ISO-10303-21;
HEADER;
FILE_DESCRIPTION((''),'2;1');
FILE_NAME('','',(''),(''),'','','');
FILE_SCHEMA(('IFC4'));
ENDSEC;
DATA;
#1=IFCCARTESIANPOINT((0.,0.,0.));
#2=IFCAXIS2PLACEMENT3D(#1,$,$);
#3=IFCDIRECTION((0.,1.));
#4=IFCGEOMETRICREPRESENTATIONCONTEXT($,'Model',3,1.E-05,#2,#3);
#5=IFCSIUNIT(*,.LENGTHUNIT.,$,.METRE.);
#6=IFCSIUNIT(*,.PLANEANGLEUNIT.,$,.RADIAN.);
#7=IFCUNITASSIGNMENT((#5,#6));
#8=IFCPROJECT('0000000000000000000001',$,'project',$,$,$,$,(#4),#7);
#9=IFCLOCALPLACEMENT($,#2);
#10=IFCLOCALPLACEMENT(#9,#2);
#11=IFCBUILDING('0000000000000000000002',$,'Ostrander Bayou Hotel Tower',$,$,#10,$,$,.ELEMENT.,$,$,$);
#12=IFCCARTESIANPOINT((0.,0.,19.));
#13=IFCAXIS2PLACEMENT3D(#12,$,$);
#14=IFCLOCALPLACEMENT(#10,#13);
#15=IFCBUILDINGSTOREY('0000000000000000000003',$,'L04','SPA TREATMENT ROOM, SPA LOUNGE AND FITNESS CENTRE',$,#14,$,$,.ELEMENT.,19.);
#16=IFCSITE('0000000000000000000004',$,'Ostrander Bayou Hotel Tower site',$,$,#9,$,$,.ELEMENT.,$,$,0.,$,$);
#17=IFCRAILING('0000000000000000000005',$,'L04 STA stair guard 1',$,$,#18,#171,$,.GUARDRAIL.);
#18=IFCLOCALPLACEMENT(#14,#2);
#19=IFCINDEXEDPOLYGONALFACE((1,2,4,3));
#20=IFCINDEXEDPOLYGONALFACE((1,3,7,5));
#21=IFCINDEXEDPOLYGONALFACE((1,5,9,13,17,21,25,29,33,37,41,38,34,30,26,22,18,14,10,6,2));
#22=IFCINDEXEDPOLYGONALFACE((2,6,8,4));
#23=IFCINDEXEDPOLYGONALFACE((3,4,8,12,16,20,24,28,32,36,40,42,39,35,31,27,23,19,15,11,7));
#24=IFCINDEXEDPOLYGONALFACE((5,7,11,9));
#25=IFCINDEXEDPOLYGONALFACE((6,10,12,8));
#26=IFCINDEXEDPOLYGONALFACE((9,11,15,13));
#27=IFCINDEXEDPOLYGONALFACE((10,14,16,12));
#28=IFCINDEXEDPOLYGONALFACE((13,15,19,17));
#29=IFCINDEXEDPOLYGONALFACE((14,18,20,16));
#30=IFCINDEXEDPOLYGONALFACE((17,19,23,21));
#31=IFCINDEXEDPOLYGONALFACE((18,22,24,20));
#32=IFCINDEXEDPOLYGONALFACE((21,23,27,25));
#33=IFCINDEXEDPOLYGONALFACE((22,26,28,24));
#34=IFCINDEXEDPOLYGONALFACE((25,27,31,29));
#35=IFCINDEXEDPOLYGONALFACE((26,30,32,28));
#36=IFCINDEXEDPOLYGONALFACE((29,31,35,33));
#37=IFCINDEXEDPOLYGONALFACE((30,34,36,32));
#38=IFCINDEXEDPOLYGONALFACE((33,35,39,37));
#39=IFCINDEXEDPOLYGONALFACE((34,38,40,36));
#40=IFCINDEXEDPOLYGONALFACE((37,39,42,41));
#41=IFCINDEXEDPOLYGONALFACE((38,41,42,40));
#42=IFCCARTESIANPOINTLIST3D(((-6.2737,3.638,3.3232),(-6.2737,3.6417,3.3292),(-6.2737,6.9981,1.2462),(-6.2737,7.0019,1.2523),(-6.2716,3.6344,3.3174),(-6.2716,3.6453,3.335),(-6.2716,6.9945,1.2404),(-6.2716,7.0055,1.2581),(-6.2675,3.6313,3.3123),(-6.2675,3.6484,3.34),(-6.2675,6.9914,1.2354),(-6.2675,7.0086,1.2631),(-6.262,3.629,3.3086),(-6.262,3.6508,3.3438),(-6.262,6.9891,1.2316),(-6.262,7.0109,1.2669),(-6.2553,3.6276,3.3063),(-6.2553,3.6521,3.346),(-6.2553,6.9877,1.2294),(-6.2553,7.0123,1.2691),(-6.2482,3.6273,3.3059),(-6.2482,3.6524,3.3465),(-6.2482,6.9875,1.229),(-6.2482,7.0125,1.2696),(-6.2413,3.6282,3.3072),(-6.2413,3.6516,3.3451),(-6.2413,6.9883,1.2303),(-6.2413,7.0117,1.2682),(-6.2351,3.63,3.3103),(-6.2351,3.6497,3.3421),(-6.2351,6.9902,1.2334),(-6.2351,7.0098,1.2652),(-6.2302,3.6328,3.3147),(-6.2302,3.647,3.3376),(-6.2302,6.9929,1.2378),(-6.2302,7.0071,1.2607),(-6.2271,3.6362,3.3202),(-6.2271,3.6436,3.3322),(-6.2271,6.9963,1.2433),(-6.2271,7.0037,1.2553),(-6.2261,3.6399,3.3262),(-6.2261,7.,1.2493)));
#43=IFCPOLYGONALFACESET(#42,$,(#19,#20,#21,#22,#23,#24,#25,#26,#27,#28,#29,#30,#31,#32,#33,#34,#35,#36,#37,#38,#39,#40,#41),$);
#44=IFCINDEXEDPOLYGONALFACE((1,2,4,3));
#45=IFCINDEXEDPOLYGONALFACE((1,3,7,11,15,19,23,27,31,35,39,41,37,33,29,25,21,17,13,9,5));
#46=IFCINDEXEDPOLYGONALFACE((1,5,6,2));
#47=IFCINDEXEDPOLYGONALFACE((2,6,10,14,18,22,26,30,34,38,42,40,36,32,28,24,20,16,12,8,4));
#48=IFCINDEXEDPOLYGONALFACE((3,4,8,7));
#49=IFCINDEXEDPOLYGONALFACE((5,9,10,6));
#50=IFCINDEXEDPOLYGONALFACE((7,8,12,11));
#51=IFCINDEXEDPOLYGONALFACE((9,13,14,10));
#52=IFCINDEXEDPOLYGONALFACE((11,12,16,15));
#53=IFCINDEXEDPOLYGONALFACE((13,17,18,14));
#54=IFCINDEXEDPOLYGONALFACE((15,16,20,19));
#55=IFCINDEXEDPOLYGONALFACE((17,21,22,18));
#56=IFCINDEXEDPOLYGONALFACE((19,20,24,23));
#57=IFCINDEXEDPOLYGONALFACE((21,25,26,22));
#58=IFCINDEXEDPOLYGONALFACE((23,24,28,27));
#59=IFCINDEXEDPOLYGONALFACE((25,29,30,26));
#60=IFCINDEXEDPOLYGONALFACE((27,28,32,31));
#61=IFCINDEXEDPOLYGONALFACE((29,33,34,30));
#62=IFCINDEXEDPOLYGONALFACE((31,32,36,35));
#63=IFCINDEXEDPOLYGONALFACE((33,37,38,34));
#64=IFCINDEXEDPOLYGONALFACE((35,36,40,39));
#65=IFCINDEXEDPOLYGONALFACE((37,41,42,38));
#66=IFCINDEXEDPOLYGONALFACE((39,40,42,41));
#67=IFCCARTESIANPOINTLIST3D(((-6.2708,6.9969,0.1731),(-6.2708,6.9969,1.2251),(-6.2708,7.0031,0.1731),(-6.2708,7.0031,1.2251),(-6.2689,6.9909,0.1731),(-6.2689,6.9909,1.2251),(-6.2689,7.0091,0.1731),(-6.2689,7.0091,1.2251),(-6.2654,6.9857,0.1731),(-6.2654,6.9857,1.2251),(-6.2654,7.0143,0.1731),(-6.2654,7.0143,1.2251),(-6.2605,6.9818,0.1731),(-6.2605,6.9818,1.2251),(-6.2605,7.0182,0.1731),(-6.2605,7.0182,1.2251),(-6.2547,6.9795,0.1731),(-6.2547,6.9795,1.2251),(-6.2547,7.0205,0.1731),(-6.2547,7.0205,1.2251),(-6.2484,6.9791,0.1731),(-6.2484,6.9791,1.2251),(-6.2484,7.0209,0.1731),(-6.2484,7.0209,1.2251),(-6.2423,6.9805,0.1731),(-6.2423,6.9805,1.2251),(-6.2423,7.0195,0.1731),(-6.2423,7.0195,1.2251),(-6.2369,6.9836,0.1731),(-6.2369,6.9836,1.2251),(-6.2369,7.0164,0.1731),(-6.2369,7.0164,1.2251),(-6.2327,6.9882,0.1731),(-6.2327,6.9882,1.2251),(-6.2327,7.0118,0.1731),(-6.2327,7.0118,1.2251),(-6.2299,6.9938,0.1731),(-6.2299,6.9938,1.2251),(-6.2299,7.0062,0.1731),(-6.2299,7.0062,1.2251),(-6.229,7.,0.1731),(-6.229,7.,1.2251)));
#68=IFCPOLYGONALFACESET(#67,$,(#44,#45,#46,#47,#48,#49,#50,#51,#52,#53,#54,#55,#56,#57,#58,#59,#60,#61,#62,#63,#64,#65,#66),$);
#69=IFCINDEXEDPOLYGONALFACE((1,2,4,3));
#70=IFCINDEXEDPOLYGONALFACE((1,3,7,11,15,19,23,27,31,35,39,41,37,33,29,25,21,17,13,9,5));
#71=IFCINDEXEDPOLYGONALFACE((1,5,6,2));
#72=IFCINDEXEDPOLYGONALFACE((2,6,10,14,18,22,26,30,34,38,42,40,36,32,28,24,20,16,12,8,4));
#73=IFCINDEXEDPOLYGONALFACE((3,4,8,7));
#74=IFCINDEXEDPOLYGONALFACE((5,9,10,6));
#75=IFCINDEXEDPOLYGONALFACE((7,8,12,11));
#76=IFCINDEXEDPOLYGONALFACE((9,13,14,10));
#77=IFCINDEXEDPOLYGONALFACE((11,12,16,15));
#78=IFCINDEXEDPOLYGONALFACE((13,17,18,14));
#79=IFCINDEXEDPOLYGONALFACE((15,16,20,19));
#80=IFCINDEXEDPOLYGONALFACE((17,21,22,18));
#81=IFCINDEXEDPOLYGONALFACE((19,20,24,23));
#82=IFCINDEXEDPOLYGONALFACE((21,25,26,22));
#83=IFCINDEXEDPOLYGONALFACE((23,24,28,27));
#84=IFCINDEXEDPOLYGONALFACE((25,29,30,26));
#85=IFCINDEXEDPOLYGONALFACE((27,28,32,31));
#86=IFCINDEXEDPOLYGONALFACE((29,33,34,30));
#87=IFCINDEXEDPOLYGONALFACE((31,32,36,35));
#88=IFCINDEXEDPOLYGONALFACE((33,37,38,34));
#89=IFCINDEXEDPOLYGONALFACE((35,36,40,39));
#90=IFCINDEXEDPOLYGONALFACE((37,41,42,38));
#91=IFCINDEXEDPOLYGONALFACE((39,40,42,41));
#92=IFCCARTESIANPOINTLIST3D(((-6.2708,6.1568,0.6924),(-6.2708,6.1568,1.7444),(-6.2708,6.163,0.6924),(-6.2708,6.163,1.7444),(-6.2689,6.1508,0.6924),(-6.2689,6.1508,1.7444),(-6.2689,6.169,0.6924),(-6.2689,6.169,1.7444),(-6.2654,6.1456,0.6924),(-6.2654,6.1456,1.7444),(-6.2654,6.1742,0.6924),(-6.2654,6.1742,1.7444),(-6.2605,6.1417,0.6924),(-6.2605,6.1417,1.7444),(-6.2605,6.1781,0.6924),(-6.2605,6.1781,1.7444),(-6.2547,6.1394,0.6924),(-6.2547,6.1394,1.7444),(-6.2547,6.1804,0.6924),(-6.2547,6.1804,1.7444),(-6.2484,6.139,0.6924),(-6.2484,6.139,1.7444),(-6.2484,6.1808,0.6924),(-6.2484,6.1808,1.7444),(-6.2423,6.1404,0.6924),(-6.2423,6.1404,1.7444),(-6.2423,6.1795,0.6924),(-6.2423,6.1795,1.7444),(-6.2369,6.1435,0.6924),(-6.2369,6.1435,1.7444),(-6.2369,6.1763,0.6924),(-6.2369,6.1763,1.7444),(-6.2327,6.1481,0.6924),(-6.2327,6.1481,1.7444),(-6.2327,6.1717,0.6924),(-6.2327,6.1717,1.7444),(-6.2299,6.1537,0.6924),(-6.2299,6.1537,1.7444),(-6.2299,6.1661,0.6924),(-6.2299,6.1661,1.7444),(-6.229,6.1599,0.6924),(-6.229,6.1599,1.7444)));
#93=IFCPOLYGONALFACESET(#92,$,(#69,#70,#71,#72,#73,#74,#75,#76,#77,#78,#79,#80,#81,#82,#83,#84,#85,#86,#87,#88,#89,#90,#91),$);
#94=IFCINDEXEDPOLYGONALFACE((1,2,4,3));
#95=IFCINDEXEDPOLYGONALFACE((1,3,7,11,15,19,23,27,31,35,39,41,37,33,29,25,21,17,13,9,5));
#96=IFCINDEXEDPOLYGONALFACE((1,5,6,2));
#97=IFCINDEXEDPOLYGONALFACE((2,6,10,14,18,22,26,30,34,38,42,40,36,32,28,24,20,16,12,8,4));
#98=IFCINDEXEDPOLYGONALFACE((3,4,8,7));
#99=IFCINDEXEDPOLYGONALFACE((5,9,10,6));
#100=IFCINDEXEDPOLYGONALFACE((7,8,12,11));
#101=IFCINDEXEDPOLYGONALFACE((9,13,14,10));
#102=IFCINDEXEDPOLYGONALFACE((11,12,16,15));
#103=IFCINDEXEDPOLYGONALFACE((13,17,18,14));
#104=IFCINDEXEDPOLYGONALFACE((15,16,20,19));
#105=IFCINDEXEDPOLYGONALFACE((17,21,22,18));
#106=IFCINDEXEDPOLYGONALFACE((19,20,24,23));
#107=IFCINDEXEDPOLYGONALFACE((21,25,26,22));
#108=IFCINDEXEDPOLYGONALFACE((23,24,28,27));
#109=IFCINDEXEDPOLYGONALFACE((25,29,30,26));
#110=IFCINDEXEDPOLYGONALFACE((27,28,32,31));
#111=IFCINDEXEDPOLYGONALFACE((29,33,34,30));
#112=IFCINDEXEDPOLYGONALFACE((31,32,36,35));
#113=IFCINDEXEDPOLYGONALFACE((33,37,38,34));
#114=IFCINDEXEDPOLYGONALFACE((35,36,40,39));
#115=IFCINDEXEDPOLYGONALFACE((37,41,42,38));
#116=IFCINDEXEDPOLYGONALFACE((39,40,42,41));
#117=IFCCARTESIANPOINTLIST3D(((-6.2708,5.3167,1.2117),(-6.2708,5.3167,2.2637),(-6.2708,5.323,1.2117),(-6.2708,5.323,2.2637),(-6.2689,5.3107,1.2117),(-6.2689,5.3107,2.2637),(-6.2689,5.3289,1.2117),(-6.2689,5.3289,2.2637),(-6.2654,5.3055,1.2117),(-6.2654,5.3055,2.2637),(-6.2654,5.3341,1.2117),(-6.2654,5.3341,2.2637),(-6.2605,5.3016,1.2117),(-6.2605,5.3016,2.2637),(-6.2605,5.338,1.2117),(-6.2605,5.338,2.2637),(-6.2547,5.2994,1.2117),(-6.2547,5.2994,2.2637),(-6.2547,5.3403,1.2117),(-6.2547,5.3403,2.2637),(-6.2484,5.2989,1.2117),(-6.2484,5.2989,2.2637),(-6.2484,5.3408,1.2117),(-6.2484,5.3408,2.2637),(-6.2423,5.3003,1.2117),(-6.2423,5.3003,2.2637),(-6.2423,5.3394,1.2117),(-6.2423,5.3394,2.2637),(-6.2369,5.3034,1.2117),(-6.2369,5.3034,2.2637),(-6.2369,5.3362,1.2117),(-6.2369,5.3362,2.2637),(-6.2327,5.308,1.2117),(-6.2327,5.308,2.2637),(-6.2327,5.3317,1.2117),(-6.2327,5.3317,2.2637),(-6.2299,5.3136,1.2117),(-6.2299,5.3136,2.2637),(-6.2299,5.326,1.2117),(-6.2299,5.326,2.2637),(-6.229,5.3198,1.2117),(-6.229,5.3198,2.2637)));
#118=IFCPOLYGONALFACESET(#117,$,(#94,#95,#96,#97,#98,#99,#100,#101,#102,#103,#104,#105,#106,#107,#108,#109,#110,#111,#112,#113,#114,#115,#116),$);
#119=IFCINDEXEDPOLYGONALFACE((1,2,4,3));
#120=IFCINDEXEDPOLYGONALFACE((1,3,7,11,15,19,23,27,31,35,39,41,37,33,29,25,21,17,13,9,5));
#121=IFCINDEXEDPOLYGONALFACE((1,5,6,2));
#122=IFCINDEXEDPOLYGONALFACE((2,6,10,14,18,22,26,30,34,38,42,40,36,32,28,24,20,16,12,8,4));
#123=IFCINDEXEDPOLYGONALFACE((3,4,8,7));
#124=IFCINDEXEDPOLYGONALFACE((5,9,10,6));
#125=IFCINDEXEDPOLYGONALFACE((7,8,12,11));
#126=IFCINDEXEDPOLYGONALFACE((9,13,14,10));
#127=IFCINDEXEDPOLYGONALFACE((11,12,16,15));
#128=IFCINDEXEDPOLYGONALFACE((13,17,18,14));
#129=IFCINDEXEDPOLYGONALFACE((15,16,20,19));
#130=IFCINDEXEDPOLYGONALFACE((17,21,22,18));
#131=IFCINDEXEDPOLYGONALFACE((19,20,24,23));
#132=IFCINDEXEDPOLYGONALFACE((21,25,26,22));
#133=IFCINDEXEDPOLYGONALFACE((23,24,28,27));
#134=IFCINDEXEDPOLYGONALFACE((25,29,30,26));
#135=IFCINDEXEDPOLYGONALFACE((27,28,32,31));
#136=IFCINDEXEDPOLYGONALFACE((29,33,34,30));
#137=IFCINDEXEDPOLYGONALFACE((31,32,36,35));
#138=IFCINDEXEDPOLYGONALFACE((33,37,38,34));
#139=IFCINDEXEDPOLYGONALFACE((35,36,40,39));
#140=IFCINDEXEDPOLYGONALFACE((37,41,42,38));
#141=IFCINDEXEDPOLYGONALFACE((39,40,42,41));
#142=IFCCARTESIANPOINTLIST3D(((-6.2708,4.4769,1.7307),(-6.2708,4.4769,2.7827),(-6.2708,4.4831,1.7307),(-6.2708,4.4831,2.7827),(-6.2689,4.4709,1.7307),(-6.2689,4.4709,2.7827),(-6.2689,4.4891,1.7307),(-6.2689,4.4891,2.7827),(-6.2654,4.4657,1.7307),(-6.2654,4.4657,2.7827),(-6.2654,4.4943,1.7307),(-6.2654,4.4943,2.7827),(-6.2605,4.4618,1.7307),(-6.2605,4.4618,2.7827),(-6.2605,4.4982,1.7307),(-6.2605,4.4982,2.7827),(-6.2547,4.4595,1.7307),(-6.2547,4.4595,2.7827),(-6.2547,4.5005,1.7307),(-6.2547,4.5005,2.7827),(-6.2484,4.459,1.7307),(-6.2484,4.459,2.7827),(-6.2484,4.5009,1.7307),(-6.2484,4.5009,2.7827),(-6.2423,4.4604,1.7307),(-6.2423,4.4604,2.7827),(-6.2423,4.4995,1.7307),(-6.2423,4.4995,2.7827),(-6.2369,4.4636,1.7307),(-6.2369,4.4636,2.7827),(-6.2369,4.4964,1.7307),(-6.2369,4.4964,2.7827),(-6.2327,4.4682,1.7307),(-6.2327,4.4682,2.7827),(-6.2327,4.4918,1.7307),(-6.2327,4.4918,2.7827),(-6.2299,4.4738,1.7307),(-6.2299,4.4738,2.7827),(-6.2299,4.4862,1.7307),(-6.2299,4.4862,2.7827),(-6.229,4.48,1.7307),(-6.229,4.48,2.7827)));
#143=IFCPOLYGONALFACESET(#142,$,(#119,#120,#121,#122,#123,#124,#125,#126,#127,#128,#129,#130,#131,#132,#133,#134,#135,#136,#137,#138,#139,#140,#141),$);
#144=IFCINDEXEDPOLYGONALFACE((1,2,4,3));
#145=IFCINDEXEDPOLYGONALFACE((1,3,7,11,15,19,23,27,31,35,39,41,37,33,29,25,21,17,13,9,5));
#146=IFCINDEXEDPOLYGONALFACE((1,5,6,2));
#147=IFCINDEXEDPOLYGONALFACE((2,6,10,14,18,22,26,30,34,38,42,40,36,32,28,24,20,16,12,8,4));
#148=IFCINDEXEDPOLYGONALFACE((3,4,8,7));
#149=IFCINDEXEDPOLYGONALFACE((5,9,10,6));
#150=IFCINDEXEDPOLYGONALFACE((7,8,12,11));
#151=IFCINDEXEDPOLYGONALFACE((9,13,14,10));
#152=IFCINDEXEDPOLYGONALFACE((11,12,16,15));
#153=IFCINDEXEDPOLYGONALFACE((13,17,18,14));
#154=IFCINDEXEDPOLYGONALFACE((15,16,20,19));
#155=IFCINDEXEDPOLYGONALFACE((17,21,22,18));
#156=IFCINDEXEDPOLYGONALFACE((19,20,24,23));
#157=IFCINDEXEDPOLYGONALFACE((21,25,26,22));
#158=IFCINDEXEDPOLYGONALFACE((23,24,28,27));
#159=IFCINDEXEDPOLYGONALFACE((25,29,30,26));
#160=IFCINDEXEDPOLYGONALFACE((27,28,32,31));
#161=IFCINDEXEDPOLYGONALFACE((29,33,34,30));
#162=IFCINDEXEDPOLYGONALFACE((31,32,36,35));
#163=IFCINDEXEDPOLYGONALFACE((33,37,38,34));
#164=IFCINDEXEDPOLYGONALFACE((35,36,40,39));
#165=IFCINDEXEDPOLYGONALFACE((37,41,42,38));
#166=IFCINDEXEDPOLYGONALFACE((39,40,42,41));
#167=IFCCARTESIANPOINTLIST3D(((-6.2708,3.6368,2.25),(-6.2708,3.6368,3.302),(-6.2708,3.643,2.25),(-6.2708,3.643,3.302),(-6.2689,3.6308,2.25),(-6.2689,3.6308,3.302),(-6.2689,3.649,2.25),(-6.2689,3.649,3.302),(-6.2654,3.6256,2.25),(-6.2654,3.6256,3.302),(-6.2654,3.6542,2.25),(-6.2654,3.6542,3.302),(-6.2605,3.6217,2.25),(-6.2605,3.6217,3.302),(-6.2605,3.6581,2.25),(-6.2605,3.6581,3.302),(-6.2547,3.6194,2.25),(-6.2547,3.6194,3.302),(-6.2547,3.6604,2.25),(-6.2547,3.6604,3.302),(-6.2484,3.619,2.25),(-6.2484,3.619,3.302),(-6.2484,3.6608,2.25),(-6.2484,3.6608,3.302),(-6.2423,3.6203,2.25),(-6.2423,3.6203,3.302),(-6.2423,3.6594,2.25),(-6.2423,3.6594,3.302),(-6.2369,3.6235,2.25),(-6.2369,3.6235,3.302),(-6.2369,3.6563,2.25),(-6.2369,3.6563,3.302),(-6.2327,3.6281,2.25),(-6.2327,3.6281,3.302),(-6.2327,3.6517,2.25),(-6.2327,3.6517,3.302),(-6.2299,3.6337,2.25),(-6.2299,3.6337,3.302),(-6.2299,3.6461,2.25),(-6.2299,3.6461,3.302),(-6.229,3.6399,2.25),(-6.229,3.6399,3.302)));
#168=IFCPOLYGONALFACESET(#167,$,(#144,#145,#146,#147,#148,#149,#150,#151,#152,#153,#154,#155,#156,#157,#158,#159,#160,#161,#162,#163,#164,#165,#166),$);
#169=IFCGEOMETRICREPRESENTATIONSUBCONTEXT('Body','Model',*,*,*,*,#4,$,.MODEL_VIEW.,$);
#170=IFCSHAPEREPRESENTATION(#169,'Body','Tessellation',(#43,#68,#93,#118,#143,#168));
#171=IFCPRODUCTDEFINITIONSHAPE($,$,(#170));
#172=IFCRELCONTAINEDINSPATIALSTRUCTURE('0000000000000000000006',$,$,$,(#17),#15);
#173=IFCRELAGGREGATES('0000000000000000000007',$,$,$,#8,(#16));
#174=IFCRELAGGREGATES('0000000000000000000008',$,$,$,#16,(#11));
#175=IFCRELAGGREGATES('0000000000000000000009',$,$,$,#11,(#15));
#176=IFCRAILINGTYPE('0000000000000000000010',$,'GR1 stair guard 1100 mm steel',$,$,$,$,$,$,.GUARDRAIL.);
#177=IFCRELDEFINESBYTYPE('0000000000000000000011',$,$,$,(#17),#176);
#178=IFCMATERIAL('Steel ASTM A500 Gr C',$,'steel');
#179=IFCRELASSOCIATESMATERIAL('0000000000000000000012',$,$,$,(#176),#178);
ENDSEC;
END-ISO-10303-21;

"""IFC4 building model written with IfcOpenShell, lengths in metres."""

from ifc_helpers import new_model, si_unit, direction, frame, origin, origin_2d, place, context, subcontext, project, spatial, circle, extrude, material, type_object, element, save


model = new_model("IFC4")

# Units and contexts
model_context = context("Model", 3, precision=1e-05, world=origin(), true_north=direction((0.0, 1.0)))
body_context = subcontext(model_context, "Body", "Model", "MODEL_VIEW")
ifc_project = project(units=[si_unit("LENGTHUNIT", "METRE"), si_unit("PLANEANGLEUNIT", "RADIAN")], contexts=[model_context])

# Site, building, storey
site_placement = place(None, origin())
site = spatial("IfcSite", under=ifc_project, at=site_placement, Name="Ostrander Bayou Hotel Tower site", CompositionType="ELEMENT", RefElevation=0.0)
building_placement = place(site_placement, origin())
building = spatial("IfcBuilding", under=site, at=building_placement, Name="Ostrander Bayou Hotel Tower", CompositionType="ELEMENT")
storey_placement = place(building_placement, frame((0.0, 0.0, 19.0)))
storey = spatial("IfcBuildingStorey", under=building, at=storey_placement, Name="L04", Description="SPA TREATMENT ROOM, SPA LOUNGE AND FITNESS CENTRE", CompositionType="ELEMENT", Elevation=19.0)

# Railing
ifc_material_1 = material(Name="Steel ASTM A500 Gr C", Category="steel")
railing_type_1 = type_object("IfcRailingType", Name="GR1 stair guard 1100 mm steel", PredefinedType="GUARDRAIL", material=ifc_material_1)
railing_1_placement = place(storey_placement, frame((-6.25, 7.0, 0.1731)))
element("IfcRailing", 1, at=railing_1_placement, inside=storey, type_object=railing_type_1, Name="L04 STA stair guard 1", PredefinedType="GUARDRAIL", context=body_context, shape_type="SweptSolid", body=[
    extrude(circle(Radius=0.0239, at=origin_2d()), frame((0.0, 0.0, 1.0762), z_axis=(0.0, -0.850623, 0.525776), x_axis=(1.0, 0.0, 0.0)), (0.0, 0.0, 1.0), 3.9502),
    extrude(circle(Radius=0.021, at=origin_2d()), origin(), (0.0, 0.0, 1.0), 1.052),
    extrude(circle(Radius=0.021, at=origin_2d()), frame((0.0, -0.8401, 0.5193)), (0.0, 0.0, 1.0), 1.052),
    extrude(circle(Radius=0.021, at=origin_2d()), frame((0.0, -1.6802, 1.0386)), (0.0, 0.0, 1.0), 1.052),
    extrude(circle(Radius=0.021, at=origin_2d()), frame((0.0, -2.52, 1.5576)), (0.0, 0.0, 1.0), 1.052),
    extrude(circle(Radius=0.021, at=origin_2d()), frame((0.0, -3.3601, 2.0769)), (0.0, 0.0, 1.0), 1.052),
])

save(model, "model.ifc")
